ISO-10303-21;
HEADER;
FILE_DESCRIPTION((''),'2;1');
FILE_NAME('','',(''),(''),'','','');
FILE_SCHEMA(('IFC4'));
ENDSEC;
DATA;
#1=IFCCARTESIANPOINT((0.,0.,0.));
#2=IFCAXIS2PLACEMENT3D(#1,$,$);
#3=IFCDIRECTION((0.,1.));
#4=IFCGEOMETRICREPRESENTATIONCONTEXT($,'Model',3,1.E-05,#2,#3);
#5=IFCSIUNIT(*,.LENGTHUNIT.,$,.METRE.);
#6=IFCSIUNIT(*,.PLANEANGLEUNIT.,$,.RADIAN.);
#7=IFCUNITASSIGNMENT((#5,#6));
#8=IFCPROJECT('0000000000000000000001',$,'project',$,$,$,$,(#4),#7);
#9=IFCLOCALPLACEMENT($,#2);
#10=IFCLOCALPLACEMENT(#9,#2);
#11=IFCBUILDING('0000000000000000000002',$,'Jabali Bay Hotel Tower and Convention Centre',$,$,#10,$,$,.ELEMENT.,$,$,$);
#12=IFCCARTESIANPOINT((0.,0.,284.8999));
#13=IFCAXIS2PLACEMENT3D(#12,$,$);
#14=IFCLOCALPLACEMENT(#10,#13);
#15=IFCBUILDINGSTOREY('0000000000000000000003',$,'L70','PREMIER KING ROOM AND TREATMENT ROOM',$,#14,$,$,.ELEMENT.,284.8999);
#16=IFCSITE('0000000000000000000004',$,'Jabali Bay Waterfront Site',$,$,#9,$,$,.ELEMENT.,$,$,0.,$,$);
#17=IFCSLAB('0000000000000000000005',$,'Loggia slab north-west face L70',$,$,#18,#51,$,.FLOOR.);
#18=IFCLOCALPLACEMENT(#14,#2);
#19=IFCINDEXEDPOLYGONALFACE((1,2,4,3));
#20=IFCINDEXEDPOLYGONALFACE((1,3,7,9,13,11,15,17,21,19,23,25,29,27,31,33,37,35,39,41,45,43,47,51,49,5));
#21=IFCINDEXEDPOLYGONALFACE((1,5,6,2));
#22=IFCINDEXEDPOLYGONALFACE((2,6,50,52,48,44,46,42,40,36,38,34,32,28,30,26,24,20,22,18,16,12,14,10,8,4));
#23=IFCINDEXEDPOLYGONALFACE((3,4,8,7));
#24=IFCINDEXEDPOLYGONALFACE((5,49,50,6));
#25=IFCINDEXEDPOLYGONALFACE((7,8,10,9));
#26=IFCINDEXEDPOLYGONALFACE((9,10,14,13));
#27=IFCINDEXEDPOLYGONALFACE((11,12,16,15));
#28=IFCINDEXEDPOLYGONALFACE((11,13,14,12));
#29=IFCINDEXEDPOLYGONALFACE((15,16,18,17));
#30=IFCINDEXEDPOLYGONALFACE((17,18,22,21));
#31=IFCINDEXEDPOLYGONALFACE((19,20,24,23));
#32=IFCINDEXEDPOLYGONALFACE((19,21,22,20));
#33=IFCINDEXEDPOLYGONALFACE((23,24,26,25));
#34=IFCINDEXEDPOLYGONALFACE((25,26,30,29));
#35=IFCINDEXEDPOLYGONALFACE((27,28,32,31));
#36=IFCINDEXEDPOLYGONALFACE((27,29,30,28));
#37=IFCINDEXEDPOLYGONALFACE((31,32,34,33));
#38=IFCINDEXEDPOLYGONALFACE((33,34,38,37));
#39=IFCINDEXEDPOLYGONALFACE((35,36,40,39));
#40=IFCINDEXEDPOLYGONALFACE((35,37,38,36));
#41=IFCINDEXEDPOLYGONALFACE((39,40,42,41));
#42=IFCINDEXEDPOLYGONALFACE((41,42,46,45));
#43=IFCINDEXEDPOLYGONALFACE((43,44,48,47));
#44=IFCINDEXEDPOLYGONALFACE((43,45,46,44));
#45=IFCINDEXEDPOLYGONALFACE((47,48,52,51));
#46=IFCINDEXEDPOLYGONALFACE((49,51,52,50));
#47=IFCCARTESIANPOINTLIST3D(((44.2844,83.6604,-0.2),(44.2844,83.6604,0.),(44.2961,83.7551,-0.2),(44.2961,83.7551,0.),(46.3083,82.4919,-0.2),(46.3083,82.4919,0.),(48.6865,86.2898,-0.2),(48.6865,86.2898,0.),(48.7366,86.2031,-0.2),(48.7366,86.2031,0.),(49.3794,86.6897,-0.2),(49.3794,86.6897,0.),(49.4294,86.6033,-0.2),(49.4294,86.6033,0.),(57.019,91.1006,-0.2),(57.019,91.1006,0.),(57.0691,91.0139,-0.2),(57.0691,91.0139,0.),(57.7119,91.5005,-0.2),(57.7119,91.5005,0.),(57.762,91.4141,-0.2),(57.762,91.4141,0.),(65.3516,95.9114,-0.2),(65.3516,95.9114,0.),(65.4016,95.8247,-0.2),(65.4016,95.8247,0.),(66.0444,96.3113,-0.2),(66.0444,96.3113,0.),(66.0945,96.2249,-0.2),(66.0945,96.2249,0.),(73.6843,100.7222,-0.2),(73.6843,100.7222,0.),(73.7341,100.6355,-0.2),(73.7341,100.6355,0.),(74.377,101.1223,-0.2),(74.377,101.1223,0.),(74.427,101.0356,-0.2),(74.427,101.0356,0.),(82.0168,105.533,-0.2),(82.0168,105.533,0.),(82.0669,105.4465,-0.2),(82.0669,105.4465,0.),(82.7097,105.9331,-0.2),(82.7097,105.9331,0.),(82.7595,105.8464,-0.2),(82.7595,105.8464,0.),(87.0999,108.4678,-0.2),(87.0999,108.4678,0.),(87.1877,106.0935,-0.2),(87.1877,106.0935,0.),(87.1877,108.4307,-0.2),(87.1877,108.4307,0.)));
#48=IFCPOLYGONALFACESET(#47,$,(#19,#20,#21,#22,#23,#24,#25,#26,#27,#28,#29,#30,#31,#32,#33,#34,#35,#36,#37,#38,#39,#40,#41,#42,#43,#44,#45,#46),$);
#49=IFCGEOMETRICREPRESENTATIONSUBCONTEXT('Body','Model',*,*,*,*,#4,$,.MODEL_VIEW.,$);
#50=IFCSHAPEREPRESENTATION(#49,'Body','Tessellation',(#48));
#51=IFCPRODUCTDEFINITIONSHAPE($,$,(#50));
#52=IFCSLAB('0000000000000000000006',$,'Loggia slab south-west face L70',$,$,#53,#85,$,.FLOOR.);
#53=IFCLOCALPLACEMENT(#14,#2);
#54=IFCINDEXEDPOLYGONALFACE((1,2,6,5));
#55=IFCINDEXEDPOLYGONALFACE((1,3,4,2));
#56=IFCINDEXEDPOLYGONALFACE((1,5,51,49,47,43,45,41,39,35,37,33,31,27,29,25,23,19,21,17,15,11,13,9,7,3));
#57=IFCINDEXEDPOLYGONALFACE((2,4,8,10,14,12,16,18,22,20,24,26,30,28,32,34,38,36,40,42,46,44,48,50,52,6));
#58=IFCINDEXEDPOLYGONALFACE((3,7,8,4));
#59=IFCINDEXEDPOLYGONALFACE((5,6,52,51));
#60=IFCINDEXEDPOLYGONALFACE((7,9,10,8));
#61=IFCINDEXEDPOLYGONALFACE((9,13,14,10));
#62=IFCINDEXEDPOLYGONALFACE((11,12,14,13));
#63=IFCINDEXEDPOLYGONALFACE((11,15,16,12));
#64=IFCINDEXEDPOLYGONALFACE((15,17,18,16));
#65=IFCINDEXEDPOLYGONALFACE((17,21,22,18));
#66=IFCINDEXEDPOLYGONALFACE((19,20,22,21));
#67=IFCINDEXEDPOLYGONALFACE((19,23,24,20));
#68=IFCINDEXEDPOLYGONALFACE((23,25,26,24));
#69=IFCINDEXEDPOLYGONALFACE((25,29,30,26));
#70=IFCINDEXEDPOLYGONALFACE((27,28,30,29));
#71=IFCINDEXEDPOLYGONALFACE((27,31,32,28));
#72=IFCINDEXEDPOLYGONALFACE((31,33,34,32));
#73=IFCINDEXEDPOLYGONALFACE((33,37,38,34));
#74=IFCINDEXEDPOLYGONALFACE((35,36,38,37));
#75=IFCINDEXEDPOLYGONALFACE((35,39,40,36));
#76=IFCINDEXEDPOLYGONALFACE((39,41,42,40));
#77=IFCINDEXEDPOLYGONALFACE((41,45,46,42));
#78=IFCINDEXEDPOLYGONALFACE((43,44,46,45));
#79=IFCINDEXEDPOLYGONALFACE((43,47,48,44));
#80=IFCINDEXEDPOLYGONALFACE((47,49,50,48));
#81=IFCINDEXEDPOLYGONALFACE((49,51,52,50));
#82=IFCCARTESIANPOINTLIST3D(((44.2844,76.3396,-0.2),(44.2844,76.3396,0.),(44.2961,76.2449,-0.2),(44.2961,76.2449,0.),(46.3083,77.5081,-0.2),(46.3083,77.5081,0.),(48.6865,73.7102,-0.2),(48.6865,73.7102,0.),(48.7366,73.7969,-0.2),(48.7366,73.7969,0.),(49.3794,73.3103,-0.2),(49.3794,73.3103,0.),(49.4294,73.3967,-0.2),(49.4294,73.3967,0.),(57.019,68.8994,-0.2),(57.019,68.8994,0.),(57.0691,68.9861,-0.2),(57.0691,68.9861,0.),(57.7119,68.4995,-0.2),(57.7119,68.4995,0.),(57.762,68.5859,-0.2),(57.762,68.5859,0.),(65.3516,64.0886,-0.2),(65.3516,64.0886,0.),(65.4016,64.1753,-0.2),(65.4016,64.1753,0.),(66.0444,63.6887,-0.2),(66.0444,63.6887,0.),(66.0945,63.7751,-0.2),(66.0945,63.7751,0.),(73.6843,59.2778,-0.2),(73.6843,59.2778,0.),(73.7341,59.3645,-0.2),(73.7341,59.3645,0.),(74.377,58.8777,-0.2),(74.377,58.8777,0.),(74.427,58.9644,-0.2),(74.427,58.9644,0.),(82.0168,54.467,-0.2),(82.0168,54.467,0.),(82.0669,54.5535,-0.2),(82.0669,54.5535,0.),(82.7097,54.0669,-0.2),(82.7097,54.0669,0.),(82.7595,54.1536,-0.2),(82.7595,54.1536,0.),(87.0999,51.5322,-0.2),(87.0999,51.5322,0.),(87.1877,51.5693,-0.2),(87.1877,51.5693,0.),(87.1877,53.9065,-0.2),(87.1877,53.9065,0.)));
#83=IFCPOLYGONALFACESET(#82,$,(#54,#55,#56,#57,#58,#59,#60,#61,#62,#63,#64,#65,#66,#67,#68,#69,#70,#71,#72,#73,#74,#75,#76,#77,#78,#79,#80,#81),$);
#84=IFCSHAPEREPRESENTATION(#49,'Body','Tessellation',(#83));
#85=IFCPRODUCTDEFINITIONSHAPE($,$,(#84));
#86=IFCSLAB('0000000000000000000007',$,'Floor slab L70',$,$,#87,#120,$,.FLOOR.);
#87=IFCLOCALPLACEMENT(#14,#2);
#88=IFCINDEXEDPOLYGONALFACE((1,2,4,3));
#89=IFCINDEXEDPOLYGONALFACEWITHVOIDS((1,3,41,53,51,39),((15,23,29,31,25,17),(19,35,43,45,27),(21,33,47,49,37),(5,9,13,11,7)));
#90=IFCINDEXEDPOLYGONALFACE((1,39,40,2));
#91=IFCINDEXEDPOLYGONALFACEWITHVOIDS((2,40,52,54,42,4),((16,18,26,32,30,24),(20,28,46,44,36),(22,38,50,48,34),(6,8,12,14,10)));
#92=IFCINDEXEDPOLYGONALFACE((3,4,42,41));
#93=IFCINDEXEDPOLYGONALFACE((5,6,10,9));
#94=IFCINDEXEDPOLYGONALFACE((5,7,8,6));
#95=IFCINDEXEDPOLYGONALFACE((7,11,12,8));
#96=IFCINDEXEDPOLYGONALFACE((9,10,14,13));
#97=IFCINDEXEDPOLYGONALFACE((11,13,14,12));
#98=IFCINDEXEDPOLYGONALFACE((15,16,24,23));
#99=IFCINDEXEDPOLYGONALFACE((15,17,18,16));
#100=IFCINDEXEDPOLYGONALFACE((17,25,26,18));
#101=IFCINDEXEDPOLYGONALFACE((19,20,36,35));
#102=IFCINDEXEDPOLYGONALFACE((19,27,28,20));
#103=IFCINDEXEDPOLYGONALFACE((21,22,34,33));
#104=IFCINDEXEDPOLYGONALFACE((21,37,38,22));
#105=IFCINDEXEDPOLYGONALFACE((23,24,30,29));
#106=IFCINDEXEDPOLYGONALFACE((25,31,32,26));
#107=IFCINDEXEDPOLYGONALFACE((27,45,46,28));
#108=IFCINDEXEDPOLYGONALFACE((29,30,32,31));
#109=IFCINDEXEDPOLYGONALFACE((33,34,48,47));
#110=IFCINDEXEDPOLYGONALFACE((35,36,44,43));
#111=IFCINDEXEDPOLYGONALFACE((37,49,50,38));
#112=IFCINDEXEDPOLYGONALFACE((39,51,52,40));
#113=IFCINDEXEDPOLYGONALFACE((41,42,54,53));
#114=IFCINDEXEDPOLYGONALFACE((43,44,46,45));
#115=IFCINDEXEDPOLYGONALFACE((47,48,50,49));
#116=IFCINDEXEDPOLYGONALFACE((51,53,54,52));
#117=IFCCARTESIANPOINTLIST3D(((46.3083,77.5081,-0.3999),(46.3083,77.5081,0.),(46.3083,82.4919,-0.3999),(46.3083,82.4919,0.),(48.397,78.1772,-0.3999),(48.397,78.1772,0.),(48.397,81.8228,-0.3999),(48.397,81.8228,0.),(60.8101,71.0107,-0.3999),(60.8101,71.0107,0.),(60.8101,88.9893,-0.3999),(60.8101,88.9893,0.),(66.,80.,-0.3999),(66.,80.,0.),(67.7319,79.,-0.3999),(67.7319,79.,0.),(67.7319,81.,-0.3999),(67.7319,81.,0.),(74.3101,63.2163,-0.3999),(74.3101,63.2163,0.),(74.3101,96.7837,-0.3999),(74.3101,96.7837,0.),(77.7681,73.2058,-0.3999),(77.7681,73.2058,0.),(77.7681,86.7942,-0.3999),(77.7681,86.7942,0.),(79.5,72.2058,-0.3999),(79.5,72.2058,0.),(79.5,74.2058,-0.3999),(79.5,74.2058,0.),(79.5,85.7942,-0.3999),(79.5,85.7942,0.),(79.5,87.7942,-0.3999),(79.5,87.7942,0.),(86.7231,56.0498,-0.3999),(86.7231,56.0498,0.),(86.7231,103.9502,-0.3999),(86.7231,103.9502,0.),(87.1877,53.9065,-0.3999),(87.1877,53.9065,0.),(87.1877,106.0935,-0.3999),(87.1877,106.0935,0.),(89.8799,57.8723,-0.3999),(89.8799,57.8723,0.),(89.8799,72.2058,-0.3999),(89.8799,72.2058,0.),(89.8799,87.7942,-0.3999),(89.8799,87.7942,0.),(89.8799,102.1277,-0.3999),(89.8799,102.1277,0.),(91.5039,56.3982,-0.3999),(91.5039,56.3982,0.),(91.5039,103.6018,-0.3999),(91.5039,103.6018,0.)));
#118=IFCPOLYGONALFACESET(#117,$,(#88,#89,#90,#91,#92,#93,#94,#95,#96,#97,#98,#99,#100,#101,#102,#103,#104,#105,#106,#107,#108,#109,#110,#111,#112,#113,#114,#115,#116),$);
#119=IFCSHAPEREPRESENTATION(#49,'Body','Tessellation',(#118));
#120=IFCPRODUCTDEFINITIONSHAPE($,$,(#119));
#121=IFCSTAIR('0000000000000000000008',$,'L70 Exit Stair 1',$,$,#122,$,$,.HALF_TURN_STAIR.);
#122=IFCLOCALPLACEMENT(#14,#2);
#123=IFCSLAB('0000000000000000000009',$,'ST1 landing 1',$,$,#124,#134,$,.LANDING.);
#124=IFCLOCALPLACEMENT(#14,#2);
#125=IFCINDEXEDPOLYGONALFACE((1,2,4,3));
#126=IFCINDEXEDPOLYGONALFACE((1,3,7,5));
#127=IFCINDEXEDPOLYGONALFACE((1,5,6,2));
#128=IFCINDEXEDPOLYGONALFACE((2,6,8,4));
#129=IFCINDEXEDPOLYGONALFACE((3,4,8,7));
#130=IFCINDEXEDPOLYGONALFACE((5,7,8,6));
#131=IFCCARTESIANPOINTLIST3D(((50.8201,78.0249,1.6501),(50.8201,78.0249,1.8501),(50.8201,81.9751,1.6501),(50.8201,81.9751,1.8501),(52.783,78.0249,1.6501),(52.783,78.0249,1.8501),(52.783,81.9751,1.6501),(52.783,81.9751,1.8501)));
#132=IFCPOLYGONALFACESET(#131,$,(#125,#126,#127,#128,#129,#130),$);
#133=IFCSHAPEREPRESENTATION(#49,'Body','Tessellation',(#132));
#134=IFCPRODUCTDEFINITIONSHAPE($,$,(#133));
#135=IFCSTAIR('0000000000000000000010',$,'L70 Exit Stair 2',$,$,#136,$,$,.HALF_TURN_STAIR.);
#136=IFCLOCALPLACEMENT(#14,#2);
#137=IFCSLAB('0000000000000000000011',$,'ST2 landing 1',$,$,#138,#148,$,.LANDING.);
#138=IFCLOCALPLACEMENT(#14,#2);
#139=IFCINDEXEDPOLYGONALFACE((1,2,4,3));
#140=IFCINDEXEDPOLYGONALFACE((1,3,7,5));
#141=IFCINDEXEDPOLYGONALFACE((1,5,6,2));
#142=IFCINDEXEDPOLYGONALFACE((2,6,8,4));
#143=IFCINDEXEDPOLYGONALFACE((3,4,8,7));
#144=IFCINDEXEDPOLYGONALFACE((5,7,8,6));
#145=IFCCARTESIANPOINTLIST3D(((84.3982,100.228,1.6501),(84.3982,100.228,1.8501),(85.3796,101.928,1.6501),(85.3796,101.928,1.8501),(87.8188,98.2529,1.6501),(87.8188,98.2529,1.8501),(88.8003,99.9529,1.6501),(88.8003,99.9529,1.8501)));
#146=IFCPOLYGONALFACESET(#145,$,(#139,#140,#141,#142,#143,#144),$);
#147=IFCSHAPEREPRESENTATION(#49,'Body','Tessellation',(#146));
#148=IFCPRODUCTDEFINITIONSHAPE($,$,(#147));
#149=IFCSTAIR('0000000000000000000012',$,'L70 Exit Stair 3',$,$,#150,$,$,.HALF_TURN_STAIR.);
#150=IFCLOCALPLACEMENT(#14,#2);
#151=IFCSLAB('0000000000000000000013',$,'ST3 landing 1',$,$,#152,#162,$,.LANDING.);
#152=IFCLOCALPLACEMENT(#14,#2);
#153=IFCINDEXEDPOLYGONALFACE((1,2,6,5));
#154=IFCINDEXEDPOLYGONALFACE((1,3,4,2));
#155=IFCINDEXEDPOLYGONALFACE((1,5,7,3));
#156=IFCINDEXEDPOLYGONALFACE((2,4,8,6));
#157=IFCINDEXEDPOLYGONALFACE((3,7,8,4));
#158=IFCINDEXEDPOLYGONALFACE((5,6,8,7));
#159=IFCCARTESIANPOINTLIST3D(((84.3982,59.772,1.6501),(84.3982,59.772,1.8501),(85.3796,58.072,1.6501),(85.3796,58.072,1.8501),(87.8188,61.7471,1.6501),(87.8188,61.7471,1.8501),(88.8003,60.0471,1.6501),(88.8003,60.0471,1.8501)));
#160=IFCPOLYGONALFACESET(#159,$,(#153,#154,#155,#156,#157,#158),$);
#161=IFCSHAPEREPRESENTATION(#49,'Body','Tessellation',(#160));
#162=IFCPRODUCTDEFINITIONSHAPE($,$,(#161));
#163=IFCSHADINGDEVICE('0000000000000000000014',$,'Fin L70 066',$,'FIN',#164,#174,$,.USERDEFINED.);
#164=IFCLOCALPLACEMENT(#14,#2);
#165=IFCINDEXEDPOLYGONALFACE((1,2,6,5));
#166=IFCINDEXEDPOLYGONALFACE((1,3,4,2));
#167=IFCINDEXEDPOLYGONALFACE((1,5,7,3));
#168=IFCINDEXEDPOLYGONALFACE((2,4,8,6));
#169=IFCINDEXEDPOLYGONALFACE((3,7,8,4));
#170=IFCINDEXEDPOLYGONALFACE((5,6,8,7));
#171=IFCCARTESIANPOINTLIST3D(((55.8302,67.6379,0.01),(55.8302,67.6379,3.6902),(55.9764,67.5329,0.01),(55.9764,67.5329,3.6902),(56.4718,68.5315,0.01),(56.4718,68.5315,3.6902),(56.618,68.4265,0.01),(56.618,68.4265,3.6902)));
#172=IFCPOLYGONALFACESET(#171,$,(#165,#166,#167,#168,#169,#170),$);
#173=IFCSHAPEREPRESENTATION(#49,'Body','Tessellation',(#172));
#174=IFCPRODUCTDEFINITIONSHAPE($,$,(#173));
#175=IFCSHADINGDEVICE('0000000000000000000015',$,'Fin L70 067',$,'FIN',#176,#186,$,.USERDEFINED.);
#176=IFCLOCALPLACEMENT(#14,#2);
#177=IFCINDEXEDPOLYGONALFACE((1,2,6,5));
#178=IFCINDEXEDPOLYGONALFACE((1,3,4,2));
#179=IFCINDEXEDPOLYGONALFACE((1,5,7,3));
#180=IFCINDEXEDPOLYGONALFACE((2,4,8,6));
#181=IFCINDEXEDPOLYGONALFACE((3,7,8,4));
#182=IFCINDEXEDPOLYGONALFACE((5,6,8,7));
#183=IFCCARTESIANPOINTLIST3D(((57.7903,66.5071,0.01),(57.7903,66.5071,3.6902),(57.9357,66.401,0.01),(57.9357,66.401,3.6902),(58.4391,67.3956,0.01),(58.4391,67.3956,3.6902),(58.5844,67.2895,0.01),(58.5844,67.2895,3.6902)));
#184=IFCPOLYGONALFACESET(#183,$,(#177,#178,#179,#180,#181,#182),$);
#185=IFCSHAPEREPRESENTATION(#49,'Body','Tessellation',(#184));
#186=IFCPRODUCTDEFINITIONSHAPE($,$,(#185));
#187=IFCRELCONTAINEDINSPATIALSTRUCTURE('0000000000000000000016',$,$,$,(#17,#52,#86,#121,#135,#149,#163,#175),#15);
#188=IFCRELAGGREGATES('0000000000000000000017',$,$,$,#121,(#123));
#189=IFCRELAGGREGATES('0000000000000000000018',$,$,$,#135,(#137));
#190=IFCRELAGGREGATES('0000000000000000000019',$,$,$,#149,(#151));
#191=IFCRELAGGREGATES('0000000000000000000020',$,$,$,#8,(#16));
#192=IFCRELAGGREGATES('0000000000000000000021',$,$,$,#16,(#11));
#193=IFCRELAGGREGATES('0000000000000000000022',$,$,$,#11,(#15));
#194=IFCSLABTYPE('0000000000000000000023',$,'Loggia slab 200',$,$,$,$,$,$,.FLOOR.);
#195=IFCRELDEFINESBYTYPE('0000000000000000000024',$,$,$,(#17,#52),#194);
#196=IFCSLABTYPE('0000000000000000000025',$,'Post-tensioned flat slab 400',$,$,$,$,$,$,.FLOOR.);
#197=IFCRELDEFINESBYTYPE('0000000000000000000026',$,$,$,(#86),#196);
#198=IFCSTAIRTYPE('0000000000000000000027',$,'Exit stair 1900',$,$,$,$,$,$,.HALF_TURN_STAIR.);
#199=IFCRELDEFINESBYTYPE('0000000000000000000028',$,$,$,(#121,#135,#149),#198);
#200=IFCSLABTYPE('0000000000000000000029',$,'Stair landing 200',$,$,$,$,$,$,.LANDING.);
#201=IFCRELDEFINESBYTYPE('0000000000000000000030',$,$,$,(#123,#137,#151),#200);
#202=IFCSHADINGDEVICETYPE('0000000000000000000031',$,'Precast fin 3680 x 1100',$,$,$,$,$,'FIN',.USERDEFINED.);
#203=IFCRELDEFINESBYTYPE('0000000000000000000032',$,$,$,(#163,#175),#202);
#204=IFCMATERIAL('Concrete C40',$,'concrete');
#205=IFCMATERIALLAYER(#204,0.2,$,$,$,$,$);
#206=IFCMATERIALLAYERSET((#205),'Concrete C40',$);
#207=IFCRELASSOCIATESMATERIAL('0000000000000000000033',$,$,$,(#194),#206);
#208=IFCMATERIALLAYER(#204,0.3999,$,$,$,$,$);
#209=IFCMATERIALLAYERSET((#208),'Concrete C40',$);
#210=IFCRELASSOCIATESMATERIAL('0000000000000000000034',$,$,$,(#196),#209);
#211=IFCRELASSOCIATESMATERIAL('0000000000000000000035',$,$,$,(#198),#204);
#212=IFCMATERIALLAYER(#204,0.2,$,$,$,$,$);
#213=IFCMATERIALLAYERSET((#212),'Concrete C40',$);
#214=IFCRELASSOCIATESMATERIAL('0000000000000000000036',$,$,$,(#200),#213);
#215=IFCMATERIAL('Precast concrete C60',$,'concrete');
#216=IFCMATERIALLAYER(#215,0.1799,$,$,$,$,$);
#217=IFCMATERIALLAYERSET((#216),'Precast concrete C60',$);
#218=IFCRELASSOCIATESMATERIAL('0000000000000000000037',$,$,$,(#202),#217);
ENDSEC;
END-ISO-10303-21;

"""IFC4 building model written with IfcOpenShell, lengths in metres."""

from ifc_helpers import new_model, si_unit, direction, frame, frame_2d, origin, place, context, subcontext, project, spatial, polyline, rectangle, outline, extrude, material, layer, layer_set, type_object, element, aggregate, save


model = new_model("IFC4")

# Units and contexts
model_context = context("Model", 3, precision=1e-05, world=origin(), true_north=direction((0.0, 1.0)))
body_context = subcontext(model_context, "Body", "Model", "MODEL_VIEW")
ifc_project = project(units=[si_unit("LENGTHUNIT", "METRE"), si_unit("PLANEANGLEUNIT", "RADIAN")], contexts=[model_context])

# Site, building, storey
site_placement = place(None, origin())
site = spatial("IfcSite", under=ifc_project, at=site_placement, Name="Jabali Bay Waterfront Site", CompositionType="ELEMENT", RefElevation=0.0)
building_placement = place(site_placement, origin())
building = spatial("IfcBuilding", under=site, at=building_placement, Name="Jabali Bay Hotel Tower and Convention Centre", CompositionType="ELEMENT")
storey_placement = place(building_placement, frame((0.0, 0.0, 284.8999)))
storey = spatial("IfcBuildingStorey", under=building, at=storey_placement, Name="L70", Description="PREMIER KING ROOM AND TREATMENT ROOM", CompositionType="ELEMENT", Elevation=284.8999)

# Slabs
ifc_material_1 = material(Name="Concrete C40", Category="concrete")
ifc_layer_1 = layer(ifc_material_1, 0.2)
ifc_layer_set_1 = layer_set([ifc_layer_1], Name="Concrete C40")
slab_type_1 = type_object("IfcSlabType", Name="Loggia slab 200", PredefinedType="FLOOR", material=ifc_layer_set_1)
slab_1_placement = place(storey_placement, frame((0.0, 0.0, -0.2)))
element("IfcSlab", 1, at=slab_1_placement, inside=storey, type_object=slab_type_1, Name="Loggia slab north-west face L70", PredefinedType="FLOOR", context=body_context, shape_type="SweptSolid", body=[
    extrude(outline(polyline([(46.3083, 82.4919), (44.2844, 83.6604), (44.2961, 83.7551), (48.6865, 86.2898), (48.7366, 86.2031), (49.4294, 86.6033), (49.3794, 86.6897), (57.019, 91.1006), (57.0691, 91.0139), (57.762, 91.4141), (57.7119, 91.5005), (65.3516, 95.9114), (65.4016, 95.8247), (66.0945, 96.2249), (66.0444, 96.3113), (73.6843, 100.7222), (73.7341, 100.6355), (74.427, 101.0356), (74.377, 101.1223), (82.0168, 105.533), (82.0669, 105.4465), (82.7595, 105.8464), (82.7097, 105.9331), (87.0999, 108.4678), (87.1877, 108.4307), (87.1877, 106.0935), (46.3083, 82.4919)])), origin(), (0.0, 0.0, 1.0), 0.2),
])
slab_2_placement = place(storey_placement, frame((0.0, 0.0, -0.2)))
element("IfcSlab", 2, at=slab_2_placement, inside=storey, type_object=slab_type_1, Name="Loggia slab south-west face L70", PredefinedType="FLOOR", context=body_context, shape_type="SweptSolid", body=[
    extrude(outline(polyline([(87.1877, 53.9065), (87.1877, 51.5693), (87.0999, 51.5322), (82.7097, 54.0669), (82.7595, 54.1536), (82.0669, 54.5535), (82.0168, 54.467), (74.377, 58.8777), (74.427, 58.9644), (73.7341, 59.3645), (73.6843, 59.2778), (66.0444, 63.6887), (66.0945, 63.7751), (65.4016, 64.1753), (65.3516, 64.0886), (57.7119, 68.4995), (57.762, 68.5859), (57.0691, 68.9861), (57.019, 68.8994), (49.3794, 73.3103), (49.4294, 73.3967), (48.7366, 73.7969), (48.6865, 73.7102), (44.2961, 76.2449), (44.2844, 76.3396), (46.3083, 77.5081), (87.1877, 53.9065)])), origin(), (0.0, 0.0, 1.0), 0.2),
])
ifc_layer_2 = layer(ifc_material_1, 0.3999)
ifc_layer_set_2 = layer_set([ifc_layer_2], Name="Concrete C40")
slab_type_2 = type_object("IfcSlabType", Name="Post-tensioned flat slab 400", PredefinedType="FLOOR", material=ifc_layer_set_2)
slab_3_placement = place(storey_placement, frame((0.0, 0.0, -0.3999)))
element("IfcSlab", 3, at=slab_3_placement, inside=storey, type_object=slab_type_2, Name="Floor slab L70", PredefinedType="FLOOR", context=body_context, shape_type="SweptSolid", body=[
    extrude(outline(polyline([(87.1877, 106.0935), (91.5039, 103.6018), (91.5039, 56.3982), (87.1877, 53.9065), (46.3083, 77.5081), (46.3083, 82.4919), (87.1877, 106.0935)]), holes=[polyline([(67.7319, 79.0), (77.7681, 73.2058), (79.5, 74.2058), (79.5, 85.7942), (77.7681, 86.7942), (67.7319, 81.0), (67.7319, 79.0)]), polyline([(48.397, 78.1772), (60.8101, 71.0107), (66.0, 80.0), (60.8101, 88.9893), (48.397, 81.8228), (48.397, 78.1772)]), polyline([(89.8799, 102.1277), (86.7231, 103.9502), (74.3101, 96.7837), (79.5, 87.7942), (89.8799, 87.7942), (89.8799, 102.1277)]), polyline([(74.3101, 63.2163), (86.7231, 56.0498), (89.8799, 57.8723), (89.8799, 72.2058), (79.5, 72.2058), (74.3101, 63.2163)])]), origin(), (0.0, 0.0, 1.0), 0.3999),
])

# Stairs, slabs
stair_type = type_object("IfcStairType", Name="Exit stair 1900", PredefinedType="HALF_TURN_STAIR", material=ifc_material_1)
stair_1_placement = place(storey_placement, origin())
stair_1 = element("IfcStair", 4, at=stair_1_placement, inside=storey, type_object=stair_type, Name="L70 Exit Stair 1", PredefinedType="HALF_TURN_STAIR")
ifc_layer_3 = layer(ifc_material_1, 0.2)
ifc_layer_set_3 = layer_set([ifc_layer_3], Name="Concrete C40")
slab_type_3 = type_object("IfcSlabType", Name="Stair landing 200", PredefinedType="LANDING", material=ifc_layer_set_3)
slab_4_placement = place(storey_placement, frame((0.0, 0.0, 1.6501)))
slab_4 = element("IfcSlab", 5, at=slab_4_placement, type_object=slab_type_3, Name="ST1 landing 1", PredefinedType="LANDING", context=body_context, shape_type="SweptSolid", body=[
    extrude(outline(polyline([(52.783, 81.9751), (50.8201, 81.9751), (50.8201, 78.0249), (52.783, 78.0249), (52.783, 81.9751)])), origin(), (0.0, 0.0, 1.0), 0.2),
])
aggregate(stair_1, [slab_4])
stair_2_placement = place(storey_placement, origin())
stair_2 = element("IfcStair", 6, at=stair_2_placement, inside=storey, type_object=stair_type, Name="L70 Exit Stair 2", PredefinedType="HALF_TURN_STAIR")
slab_5_placement = place(storey_placement, frame((0.0, 0.0, 1.6501)))
slab_5 = element("IfcSlab", 7, at=slab_5_placement, type_object=slab_type_3, Name="ST2 landing 1", PredefinedType="LANDING", context=body_context, shape_type="SweptSolid", body=[
    extrude(outline(polyline([(87.8188, 98.2529), (88.8003, 99.9529), (85.3796, 101.928), (84.3982, 100.228), (87.8188, 98.2529)])), origin(), (0.0, 0.0, 1.0), 0.2),
])
aggregate(stair_2, [slab_5])
stair_3_placement = place(storey_placement, origin())
stair_3 = element("IfcStair", 8, at=stair_3_placement, inside=storey, type_object=stair_type, Name="L70 Exit Stair 3", PredefinedType="HALF_TURN_STAIR")
slab_6_placement = place(storey_placement, frame((0.0, 0.0, 1.6501)))
slab_6 = element("IfcSlab", 9, at=slab_6_placement, type_object=slab_type_3, Name="ST3 landing 1", PredefinedType="LANDING", context=body_context, shape_type="SweptSolid", body=[
    extrude(outline(polyline([(84.3982, 59.772), (85.3796, 58.072), (88.8003, 60.0471), (87.8188, 61.7471), (84.3982, 59.772)])), origin(), (0.0, 0.0, 1.0), 0.2),
])
aggregate(stair_3, [slab_6])

# Shading devices
ifc_material_2 = material(Name="Precast concrete C60", Category="concrete")
ifc_layer_4 = layer(ifc_material_2, 0.1799)
ifc_layer_set_4 = layer_set([ifc_layer_4], Name="Precast concrete C60")
shading_device_type = type_object("IfcShadingDeviceType", Name="Precast fin 3680 x 1100", ElementType="FIN", PredefinedType="USERDEFINED", material=ifc_layer_set_4)
for number, where, z_axis, x_axis, name in (
    (10, (56.5449, 68.479, 0.01), (0.0, 0.0, 1.0), (-0.583252, -0.812291, 0.0), "Fin L70 066"),
    (11, (58.5117, 67.3425, 0.01), (0.0, 0.0, 1.0), (-0.589688, -0.807631, 0.0), "Fin L70 067"),
):
    element("IfcShadingDevice", number, at=place(storey_placement, frame(where, z_axis=z_axis, x_axis=x_axis)), inside=storey, type_object=shading_device_type, Name=name, ObjectType="FIN", PredefinedType="USERDEFINED", context=body_context, shape_type="SweptSolid", body=[
        extrude(rectangle(XDim=1.1001, YDim=0.1799, at=frame_2d((0.55, 0.0))), origin(), (0.0, 0.0, 1.0), 3.6802),
    ])

save(model, "model.ifc")
